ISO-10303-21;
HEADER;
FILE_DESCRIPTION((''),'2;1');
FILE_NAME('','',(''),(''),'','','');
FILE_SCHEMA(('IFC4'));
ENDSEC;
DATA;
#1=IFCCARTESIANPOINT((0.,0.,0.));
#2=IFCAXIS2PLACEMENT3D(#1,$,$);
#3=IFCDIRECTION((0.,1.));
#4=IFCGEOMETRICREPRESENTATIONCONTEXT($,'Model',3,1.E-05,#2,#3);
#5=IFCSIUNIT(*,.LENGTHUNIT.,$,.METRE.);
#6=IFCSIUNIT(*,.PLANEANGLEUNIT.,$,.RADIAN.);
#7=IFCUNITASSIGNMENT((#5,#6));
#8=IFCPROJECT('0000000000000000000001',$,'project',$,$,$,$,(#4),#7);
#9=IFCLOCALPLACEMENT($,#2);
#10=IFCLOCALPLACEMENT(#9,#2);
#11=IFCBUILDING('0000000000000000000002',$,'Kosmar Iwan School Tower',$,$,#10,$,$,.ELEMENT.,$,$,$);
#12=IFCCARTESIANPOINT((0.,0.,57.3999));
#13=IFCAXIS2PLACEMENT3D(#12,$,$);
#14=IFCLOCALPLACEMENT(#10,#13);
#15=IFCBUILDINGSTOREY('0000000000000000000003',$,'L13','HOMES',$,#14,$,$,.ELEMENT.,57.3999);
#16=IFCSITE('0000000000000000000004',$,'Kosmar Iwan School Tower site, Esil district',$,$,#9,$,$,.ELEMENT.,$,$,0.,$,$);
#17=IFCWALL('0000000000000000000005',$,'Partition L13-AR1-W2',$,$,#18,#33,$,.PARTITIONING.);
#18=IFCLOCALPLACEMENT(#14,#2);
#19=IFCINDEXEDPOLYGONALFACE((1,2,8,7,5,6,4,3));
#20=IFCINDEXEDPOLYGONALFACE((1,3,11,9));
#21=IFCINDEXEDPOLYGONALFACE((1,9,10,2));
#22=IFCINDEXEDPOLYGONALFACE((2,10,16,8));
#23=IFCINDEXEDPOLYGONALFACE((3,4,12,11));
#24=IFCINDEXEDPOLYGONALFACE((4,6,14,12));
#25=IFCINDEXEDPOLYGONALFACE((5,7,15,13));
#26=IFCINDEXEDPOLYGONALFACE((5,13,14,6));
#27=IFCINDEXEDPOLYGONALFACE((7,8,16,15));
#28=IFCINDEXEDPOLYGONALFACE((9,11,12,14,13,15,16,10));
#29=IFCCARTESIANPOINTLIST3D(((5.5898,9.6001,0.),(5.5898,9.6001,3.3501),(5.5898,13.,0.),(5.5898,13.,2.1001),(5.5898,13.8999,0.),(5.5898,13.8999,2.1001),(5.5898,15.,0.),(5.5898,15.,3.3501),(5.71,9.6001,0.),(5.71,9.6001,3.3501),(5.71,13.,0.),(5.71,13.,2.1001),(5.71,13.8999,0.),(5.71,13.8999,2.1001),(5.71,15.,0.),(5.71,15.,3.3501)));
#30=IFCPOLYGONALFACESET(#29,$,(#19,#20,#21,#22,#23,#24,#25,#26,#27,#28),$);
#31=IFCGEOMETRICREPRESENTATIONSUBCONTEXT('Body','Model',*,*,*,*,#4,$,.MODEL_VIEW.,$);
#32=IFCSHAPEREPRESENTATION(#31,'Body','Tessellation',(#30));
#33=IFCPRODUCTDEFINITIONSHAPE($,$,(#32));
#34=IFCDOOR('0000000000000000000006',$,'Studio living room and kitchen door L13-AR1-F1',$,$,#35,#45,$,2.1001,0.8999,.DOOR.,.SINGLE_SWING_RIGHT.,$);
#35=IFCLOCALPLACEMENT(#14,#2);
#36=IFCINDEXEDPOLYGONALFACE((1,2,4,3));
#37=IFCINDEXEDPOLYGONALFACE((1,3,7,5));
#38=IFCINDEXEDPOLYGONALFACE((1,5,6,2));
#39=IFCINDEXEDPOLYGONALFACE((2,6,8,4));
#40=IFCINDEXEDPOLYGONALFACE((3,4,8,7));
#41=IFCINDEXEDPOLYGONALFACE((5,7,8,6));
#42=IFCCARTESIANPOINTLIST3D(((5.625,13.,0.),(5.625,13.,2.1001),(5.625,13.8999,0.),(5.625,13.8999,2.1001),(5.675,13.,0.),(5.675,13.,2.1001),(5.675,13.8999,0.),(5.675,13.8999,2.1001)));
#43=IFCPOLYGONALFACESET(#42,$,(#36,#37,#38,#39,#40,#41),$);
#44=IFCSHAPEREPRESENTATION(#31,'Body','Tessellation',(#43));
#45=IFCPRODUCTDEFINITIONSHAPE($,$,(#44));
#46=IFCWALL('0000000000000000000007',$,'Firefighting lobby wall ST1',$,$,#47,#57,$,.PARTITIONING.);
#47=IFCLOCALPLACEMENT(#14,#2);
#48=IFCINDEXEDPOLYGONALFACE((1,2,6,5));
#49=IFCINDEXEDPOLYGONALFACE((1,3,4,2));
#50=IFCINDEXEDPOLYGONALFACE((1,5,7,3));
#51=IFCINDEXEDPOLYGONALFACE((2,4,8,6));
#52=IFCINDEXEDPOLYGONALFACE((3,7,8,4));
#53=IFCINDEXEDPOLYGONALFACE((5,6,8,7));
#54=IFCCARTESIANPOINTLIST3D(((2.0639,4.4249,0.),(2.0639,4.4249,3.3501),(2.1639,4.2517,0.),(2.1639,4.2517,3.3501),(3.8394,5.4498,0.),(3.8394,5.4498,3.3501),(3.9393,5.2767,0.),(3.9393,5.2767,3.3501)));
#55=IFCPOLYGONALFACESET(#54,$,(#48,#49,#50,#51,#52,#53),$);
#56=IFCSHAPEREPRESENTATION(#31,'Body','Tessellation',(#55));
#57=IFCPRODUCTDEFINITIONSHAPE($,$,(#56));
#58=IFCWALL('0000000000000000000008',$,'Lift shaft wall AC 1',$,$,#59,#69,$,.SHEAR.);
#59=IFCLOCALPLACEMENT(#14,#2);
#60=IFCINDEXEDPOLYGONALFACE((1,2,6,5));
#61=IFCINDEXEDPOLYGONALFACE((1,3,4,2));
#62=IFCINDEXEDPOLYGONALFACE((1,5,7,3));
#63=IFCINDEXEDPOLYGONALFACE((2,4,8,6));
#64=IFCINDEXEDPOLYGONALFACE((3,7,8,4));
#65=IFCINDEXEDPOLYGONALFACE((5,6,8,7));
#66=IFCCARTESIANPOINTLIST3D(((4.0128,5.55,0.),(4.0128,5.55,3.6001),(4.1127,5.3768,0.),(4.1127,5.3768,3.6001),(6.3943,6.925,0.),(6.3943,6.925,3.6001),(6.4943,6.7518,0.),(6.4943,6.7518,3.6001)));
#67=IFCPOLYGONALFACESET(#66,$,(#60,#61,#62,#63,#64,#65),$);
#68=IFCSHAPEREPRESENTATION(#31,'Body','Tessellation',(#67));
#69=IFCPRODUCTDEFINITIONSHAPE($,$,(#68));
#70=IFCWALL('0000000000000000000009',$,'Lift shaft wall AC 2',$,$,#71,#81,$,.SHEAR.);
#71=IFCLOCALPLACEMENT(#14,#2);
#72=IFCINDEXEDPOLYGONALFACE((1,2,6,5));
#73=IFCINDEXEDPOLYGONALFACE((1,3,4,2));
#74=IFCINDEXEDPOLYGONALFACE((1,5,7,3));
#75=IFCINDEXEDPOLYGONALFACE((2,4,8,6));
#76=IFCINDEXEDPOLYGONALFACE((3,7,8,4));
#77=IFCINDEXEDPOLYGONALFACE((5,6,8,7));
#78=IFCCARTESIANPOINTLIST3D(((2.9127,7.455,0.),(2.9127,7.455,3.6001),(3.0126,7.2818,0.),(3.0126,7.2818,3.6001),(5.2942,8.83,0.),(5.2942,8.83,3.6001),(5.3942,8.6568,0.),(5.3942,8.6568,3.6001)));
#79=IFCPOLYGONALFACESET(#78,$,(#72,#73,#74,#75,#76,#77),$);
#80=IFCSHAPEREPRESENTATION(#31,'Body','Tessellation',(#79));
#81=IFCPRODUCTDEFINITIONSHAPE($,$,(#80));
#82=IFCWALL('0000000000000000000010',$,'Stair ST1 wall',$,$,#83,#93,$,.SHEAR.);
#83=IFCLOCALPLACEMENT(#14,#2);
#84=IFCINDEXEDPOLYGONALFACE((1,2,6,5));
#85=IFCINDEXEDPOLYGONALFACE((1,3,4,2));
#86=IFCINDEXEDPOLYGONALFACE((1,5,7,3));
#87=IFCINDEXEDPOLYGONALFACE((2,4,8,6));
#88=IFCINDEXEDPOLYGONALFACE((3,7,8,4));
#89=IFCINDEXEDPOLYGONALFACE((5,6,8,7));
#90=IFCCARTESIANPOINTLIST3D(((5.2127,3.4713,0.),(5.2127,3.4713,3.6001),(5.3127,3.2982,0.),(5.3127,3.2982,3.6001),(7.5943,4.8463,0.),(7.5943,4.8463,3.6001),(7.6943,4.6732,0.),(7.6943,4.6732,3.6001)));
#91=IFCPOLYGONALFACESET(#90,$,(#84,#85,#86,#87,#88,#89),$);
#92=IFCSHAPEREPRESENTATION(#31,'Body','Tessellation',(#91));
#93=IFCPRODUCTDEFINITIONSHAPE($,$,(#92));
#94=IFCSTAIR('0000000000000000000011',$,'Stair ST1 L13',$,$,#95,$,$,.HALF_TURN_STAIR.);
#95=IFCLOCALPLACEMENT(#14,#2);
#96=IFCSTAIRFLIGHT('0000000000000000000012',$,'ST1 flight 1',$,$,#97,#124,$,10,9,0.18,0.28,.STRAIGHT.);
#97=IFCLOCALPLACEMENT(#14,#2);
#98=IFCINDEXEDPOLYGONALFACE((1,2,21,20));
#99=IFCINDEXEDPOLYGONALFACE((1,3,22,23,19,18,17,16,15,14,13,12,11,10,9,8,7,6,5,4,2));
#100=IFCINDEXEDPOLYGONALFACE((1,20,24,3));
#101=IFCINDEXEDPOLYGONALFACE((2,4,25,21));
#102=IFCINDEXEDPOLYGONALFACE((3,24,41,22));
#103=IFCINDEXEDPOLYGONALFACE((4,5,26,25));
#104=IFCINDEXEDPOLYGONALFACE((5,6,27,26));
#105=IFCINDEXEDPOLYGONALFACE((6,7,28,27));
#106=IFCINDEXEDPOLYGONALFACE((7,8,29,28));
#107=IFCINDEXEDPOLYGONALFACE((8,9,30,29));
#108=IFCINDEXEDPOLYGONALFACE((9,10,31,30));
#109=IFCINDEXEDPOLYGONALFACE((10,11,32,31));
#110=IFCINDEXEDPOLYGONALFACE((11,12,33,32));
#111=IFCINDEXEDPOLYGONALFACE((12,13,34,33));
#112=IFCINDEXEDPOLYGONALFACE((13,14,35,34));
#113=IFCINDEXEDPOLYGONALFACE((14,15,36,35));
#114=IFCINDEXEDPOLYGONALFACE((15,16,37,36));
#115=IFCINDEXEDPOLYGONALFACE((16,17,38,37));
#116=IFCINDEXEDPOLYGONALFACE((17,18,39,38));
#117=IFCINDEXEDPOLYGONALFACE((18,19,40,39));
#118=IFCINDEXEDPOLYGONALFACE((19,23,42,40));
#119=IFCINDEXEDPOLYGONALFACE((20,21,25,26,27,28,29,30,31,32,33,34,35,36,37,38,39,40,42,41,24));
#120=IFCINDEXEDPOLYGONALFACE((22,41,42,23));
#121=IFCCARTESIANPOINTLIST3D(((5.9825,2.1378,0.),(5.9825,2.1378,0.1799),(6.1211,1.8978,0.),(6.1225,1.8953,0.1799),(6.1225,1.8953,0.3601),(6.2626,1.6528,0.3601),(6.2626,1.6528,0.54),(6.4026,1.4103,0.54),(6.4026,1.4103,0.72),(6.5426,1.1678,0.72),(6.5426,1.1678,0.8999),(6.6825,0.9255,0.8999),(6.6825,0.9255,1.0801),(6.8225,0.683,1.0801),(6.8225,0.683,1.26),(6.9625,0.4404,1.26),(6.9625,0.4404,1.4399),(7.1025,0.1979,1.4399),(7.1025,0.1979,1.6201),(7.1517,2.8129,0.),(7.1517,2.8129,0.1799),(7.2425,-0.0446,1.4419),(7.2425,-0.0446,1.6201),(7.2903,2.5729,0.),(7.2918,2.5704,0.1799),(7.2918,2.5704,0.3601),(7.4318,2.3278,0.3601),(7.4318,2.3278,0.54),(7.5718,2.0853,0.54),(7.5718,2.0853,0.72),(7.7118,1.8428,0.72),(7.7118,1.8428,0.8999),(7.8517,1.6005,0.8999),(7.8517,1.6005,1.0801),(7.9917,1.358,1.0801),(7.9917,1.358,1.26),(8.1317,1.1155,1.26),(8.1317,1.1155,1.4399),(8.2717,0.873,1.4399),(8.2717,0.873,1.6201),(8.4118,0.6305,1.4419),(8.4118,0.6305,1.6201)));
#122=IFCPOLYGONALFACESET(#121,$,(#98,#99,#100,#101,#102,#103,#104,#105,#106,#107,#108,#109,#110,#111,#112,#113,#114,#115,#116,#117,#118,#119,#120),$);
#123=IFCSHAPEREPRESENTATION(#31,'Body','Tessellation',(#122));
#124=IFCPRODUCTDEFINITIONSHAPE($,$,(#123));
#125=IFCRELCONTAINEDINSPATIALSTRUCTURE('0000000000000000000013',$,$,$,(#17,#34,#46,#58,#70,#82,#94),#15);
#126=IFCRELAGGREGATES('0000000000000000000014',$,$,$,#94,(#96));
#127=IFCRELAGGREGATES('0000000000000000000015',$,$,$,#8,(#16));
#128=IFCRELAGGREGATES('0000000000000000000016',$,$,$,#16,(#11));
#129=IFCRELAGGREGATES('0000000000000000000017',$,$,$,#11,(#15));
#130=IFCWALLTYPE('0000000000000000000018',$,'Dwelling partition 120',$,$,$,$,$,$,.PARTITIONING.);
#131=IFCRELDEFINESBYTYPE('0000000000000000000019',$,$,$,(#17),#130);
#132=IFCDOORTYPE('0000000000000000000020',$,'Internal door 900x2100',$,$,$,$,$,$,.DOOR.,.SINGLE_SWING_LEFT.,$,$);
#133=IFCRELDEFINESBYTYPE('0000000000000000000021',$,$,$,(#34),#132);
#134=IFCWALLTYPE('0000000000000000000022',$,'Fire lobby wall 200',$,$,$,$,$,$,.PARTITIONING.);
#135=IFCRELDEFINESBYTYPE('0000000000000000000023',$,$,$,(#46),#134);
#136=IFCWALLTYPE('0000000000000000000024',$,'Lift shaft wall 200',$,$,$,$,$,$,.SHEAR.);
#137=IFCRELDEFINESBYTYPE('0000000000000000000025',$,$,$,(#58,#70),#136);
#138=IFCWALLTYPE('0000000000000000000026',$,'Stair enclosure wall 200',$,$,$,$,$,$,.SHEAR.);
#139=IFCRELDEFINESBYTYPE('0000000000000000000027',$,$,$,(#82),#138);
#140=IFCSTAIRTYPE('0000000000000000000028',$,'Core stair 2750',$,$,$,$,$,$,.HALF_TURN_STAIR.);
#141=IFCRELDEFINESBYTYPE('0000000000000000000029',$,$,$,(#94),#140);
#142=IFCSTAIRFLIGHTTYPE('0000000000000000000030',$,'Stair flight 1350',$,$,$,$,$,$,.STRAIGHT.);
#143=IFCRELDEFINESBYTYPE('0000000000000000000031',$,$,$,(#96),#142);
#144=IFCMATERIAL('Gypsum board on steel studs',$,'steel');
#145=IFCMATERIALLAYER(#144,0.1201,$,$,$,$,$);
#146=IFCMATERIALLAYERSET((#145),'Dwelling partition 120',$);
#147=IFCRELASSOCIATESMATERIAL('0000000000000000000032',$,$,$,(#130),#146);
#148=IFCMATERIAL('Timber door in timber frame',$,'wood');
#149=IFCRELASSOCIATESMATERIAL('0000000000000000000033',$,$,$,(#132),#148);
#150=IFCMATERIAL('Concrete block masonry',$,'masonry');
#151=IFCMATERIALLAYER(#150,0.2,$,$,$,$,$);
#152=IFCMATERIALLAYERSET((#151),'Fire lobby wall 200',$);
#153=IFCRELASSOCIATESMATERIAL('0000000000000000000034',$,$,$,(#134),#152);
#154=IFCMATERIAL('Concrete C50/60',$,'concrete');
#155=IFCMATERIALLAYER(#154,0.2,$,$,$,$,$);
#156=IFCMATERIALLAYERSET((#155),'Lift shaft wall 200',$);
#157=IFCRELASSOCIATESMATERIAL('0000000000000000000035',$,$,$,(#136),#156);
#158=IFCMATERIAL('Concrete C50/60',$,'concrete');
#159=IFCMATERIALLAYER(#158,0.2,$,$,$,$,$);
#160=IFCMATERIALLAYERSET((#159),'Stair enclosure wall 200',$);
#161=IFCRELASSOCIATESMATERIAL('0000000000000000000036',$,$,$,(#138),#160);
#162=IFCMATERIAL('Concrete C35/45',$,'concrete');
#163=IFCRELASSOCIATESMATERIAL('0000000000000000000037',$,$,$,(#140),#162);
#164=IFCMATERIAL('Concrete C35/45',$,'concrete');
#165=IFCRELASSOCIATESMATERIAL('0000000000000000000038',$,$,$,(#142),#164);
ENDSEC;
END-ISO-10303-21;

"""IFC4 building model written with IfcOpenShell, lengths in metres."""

from ifc_helpers import new_model, si_unit, direction, frame, frame_2d, origin, place, context, subcontext, project, spatial, polyline, rectangle, outline, extrude, material, layer, layer_set, type_object, element, fill, aggregate, save


model = new_model("IFC4")

# Units and contexts
model_context = context("Model", 3, precision=1e-05, world=origin(), true_north=direction((0.0, 1.0)))
body_context = subcontext(model_context, "Body", "Model", "MODEL_VIEW")
ifc_project = project(units=[si_unit("LENGTHUNIT", "METRE"), si_unit("PLANEANGLEUNIT", "RADIAN")], contexts=[model_context])

# Site, building, storey
site_placement = place(None, origin())
site = spatial("IfcSite", under=ifc_project, at=site_placement, Name="Kosmar Iwan School Tower site, Esil district", CompositionType="ELEMENT", RefElevation=0.0)
building_placement = place(site_placement, origin())
building = spatial("IfcBuilding", under=site, at=building_placement, Name="Kosmar Iwan School Tower", CompositionType="ELEMENT")
storey_placement = place(building_placement, frame((0.0, 0.0, 57.3999)))
storey = spatial("IfcBuildingStorey", under=building, at=storey_placement, Name="L13", Description="HOMES", CompositionType="ELEMENT", Elevation=57.3999)

# Shared definitions
ifc_material_1 = material(Name="Gypsum board on steel studs", Category="steel")
ifc_layer_1 = layer(ifc_material_1, 0.1201)
ifc_layer_set_1 = layer_set([ifc_layer_1], Name="Dwelling partition 120")
wall_type_1 = type_object("IfcWallType", Name="Dwelling partition 120", PredefinedType="PARTITIONING", material=ifc_layer_set_1)
ifc_material_2 = material(Name="Timber door in timber frame", Category="wood")
door_type_1 = type_object("IfcDoorType", Name="Internal door 900x2100", OperationType="SINGLE_SWING_LEFT", PredefinedType="DOOR", material=ifc_material_2)

# Wall, opening, door
wall_1_placement = place(storey_placement, frame((5.6499, 9.6001, 0.0), z_axis=(0.0, 0.0, 1.0), x_axis=(0.0, 1.0, 0.0)))
wall_1 = element("IfcWall", 1, at=wall_1_placement, inside=storey, type_object=wall_type_1, Name="Partition L13-AR1-W2", PredefinedType="PARTITIONING", context=body_context, shape_type="SweptSolid", body=[
    extrude(rectangle(XDim=5.3999, YDim=0.1201, at=frame_2d((2.7, 0.0))), origin(), (0.0, 0.0, 1.0), 3.3501),
])
opening_1_placement = place(wall_1_placement, frame((3.3999, 0.0, 0.0)))
opening_1 = element("IfcOpeningElement", 2, at=opening_1_placement, cuts=wall_1, PredefinedType="OPENING", context=body_context, shape_type="SweptSolid", body=[
    extrude(rectangle(XDim=0.8999, YDim=2.1001, at=frame_2d((0.45, 1.05))), frame((0.0, 0.072, 0.0), z_axis=(0.0, -1.0, 0.0), x_axis=(1.0, 0.0, 0.0)), (0.0, 0.0, 1.0), 0.144),
])
door_1_placement = place(opening_1_placement, origin())
door_1 = element("IfcDoor", 3, at=door_1_placement, inside=storey, type_object=door_type_1, Name="Studio living room and kitchen door L13-AR1-F1", OperationType="SINGLE_SWING_RIGHT", OverallHeight=2.1001, OverallWidth=0.8999, PredefinedType="DOOR", context=body_context, shape_type="SweptSolid", body=[
    extrude(rectangle(XDim=0.8999, YDim=2.1001, at=frame_2d((0.45, 1.05))), frame((0.0, 0.0249, 0.0), z_axis=(0.0, -1.0, 0.0), x_axis=(1.0, 0.0, 0.0)), (0.0, 0.0, 1.0), 0.05),
])
fill(opening_1, door_1)

# Walls
ifc_material_3 = material(Name="Concrete block masonry", Category="masonry")
ifc_layer_2 = layer(ifc_material_3, 0.2)
ifc_layer_set_2 = layer_set([ifc_layer_2], Name="Fire lobby wall 200")
wall_type_2 = type_object("IfcWallType", Name="Fire lobby wall 200", PredefinedType="PARTITIONING", material=ifc_layer_set_2)
wall_2_placement = place(storey_placement, frame((2.114, 4.3384, 0.0), z_axis=(0.0, 0.0, 1.0), x_axis=(0.866051, 0.499956, 0.0)))
element("IfcWall", 4, at=wall_2_placement, inside=storey, type_object=wall_type_2, Name="Firefighting lobby wall ST1", PredefinedType="PARTITIONING", context=body_context, shape_type="SweptSolid", body=[
    extrude(rectangle(XDim=2.05, YDim=0.2, at=frame_2d((1.0249, 0.0))), origin(), (0.0, 0.0, 1.0), 3.3501),
])
ifc_material_4 = material(Name="Concrete C50/60", Category="concrete")
ifc_layer_3 = layer(ifc_material_4, 0.2)
ifc_layer_set_3 = layer_set([ifc_layer_3], Name="Lift shaft wall 200")
wall_type_3 = type_object("IfcWallType", Name="Lift shaft wall 200", PredefinedType="SHEAR", material=ifc_layer_set_3)
for number, where, z_axis, x_axis, name in (
    (5, (4.0627, 5.4634, 0.0), (0.0, 0.0, 1.0), (0.866027, 0.499997, 0.0), "Lift shaft wall AC 1"),
    (6, (2.9626, 7.3684, 0.0), (0.0, 0.0, 1.0), (0.866027, 0.499997, 0.0), "Lift shaft wall AC 2"),
):
    element("IfcWall", number, at=place(storey_placement, frame(where, z_axis=z_axis, x_axis=x_axis)), inside=storey, type_object=wall_type_3, Name=name, PredefinedType="SHEAR", context=body_context, shape_type="SweptSolid", body=[
        extrude(rectangle(XDim=2.75, YDim=0.2, at=frame_2d((1.375, 0.0))), origin(), (0.0, 0.0, 1.0), 3.6001),
    ])
ifc_material_5 = material(Name="Concrete C50/60", Category="concrete")
ifc_layer_4 = layer(ifc_material_5, 0.2)
ifc_layer_set_4 = layer_set([ifc_layer_4], Name="Stair enclosure wall 200")
wall_type_4 = type_object("IfcWallType", Name="Stair enclosure wall 200", PredefinedType="SHEAR", material=ifc_layer_set_4)
wall_3_placement = place(storey_placement, frame((5.2627, 3.3848, 0.0), z_axis=(0.0, 0.0, 1.0), x_axis=(0.866027, 0.499997, 0.0)))
element("IfcWall", 7, at=wall_3_placement, inside=storey, type_object=wall_type_4, Name="Stair ST1 wall", PredefinedType="SHEAR", context=body_context, shape_type="SweptSolid", body=[
    extrude(rectangle(XDim=2.75, YDim=0.2, at=frame_2d((1.375, 0.0))), origin(), (0.0, 0.0, 1.0), 3.6001),
])

# Stair, stair flight
ifc_material_6 = material(Name="Concrete C35/45", Category="concrete")
stair_type_1 = type_object("IfcStairType", Name="Core stair 2750", PredefinedType="HALF_TURN_STAIR", material=ifc_material_6)
stair_1_placement = place(storey_placement, origin())
stair_1 = element("IfcStair", 8, at=stair_1_placement, inside=storey, type_object=stair_type_1, Name="Stair ST1 L13", PredefinedType="HALF_TURN_STAIR")
ifc_material_7 = material(Name="Concrete C35/45", Category="concrete")
stair_flight_type = type_object("IfcStairFlightType", Name="Stair flight 1350", PredefinedType="STRAIGHT", material=ifc_material_7)
stair_flight_placement = place(storey_placement, frame((6.5671, 2.4753, 0.0), z_axis=(0.0, 0.0, 1.0), x_axis=(0.5, -0.866025, 0.0)))
stair_flight = element("IfcStairFlight", 9, at=stair_flight_placement, type_object=stair_flight_type, Name="ST1 flight 1", NumberOfRisers=10, NumberOfTreads=9, PredefinedType="STRAIGHT", RiserHeight=0.18, TreadLength=0.28, context=body_context, shape_type="SweptSolid", body=[
    extrude(outline(polyline([(0.0, 0.0), (0.0, 0.1799), (0.28, 0.1799), (0.28, 0.3601), (0.5601, 0.3601), (0.5601, 0.54), (0.8401, 0.54), (0.8401, 0.72), (1.1201, 0.72), (1.1201, 0.8999), (1.3999, 0.8999), (1.3999, 1.0801), (1.6799, 1.0801), (1.6799, 1.26), (1.96, 1.26), (1.96, 1.4399), (2.24, 1.4399), (2.24, 1.6201), (2.52, 1.6201), (2.52, 1.8), (2.52, 1.4419), (0.2771, 0.0), (0.0, 0.0)])), frame((0.0, 0.675, 0.0), z_axis=(0.0, -1.0, 0.0), x_axis=(1.0, 0.0, 0.0)), (0.0, 0.0, 1.0), 1.3501),
])
aggregate(stair_1, [stair_flight])

save(model, "model.ifc")
